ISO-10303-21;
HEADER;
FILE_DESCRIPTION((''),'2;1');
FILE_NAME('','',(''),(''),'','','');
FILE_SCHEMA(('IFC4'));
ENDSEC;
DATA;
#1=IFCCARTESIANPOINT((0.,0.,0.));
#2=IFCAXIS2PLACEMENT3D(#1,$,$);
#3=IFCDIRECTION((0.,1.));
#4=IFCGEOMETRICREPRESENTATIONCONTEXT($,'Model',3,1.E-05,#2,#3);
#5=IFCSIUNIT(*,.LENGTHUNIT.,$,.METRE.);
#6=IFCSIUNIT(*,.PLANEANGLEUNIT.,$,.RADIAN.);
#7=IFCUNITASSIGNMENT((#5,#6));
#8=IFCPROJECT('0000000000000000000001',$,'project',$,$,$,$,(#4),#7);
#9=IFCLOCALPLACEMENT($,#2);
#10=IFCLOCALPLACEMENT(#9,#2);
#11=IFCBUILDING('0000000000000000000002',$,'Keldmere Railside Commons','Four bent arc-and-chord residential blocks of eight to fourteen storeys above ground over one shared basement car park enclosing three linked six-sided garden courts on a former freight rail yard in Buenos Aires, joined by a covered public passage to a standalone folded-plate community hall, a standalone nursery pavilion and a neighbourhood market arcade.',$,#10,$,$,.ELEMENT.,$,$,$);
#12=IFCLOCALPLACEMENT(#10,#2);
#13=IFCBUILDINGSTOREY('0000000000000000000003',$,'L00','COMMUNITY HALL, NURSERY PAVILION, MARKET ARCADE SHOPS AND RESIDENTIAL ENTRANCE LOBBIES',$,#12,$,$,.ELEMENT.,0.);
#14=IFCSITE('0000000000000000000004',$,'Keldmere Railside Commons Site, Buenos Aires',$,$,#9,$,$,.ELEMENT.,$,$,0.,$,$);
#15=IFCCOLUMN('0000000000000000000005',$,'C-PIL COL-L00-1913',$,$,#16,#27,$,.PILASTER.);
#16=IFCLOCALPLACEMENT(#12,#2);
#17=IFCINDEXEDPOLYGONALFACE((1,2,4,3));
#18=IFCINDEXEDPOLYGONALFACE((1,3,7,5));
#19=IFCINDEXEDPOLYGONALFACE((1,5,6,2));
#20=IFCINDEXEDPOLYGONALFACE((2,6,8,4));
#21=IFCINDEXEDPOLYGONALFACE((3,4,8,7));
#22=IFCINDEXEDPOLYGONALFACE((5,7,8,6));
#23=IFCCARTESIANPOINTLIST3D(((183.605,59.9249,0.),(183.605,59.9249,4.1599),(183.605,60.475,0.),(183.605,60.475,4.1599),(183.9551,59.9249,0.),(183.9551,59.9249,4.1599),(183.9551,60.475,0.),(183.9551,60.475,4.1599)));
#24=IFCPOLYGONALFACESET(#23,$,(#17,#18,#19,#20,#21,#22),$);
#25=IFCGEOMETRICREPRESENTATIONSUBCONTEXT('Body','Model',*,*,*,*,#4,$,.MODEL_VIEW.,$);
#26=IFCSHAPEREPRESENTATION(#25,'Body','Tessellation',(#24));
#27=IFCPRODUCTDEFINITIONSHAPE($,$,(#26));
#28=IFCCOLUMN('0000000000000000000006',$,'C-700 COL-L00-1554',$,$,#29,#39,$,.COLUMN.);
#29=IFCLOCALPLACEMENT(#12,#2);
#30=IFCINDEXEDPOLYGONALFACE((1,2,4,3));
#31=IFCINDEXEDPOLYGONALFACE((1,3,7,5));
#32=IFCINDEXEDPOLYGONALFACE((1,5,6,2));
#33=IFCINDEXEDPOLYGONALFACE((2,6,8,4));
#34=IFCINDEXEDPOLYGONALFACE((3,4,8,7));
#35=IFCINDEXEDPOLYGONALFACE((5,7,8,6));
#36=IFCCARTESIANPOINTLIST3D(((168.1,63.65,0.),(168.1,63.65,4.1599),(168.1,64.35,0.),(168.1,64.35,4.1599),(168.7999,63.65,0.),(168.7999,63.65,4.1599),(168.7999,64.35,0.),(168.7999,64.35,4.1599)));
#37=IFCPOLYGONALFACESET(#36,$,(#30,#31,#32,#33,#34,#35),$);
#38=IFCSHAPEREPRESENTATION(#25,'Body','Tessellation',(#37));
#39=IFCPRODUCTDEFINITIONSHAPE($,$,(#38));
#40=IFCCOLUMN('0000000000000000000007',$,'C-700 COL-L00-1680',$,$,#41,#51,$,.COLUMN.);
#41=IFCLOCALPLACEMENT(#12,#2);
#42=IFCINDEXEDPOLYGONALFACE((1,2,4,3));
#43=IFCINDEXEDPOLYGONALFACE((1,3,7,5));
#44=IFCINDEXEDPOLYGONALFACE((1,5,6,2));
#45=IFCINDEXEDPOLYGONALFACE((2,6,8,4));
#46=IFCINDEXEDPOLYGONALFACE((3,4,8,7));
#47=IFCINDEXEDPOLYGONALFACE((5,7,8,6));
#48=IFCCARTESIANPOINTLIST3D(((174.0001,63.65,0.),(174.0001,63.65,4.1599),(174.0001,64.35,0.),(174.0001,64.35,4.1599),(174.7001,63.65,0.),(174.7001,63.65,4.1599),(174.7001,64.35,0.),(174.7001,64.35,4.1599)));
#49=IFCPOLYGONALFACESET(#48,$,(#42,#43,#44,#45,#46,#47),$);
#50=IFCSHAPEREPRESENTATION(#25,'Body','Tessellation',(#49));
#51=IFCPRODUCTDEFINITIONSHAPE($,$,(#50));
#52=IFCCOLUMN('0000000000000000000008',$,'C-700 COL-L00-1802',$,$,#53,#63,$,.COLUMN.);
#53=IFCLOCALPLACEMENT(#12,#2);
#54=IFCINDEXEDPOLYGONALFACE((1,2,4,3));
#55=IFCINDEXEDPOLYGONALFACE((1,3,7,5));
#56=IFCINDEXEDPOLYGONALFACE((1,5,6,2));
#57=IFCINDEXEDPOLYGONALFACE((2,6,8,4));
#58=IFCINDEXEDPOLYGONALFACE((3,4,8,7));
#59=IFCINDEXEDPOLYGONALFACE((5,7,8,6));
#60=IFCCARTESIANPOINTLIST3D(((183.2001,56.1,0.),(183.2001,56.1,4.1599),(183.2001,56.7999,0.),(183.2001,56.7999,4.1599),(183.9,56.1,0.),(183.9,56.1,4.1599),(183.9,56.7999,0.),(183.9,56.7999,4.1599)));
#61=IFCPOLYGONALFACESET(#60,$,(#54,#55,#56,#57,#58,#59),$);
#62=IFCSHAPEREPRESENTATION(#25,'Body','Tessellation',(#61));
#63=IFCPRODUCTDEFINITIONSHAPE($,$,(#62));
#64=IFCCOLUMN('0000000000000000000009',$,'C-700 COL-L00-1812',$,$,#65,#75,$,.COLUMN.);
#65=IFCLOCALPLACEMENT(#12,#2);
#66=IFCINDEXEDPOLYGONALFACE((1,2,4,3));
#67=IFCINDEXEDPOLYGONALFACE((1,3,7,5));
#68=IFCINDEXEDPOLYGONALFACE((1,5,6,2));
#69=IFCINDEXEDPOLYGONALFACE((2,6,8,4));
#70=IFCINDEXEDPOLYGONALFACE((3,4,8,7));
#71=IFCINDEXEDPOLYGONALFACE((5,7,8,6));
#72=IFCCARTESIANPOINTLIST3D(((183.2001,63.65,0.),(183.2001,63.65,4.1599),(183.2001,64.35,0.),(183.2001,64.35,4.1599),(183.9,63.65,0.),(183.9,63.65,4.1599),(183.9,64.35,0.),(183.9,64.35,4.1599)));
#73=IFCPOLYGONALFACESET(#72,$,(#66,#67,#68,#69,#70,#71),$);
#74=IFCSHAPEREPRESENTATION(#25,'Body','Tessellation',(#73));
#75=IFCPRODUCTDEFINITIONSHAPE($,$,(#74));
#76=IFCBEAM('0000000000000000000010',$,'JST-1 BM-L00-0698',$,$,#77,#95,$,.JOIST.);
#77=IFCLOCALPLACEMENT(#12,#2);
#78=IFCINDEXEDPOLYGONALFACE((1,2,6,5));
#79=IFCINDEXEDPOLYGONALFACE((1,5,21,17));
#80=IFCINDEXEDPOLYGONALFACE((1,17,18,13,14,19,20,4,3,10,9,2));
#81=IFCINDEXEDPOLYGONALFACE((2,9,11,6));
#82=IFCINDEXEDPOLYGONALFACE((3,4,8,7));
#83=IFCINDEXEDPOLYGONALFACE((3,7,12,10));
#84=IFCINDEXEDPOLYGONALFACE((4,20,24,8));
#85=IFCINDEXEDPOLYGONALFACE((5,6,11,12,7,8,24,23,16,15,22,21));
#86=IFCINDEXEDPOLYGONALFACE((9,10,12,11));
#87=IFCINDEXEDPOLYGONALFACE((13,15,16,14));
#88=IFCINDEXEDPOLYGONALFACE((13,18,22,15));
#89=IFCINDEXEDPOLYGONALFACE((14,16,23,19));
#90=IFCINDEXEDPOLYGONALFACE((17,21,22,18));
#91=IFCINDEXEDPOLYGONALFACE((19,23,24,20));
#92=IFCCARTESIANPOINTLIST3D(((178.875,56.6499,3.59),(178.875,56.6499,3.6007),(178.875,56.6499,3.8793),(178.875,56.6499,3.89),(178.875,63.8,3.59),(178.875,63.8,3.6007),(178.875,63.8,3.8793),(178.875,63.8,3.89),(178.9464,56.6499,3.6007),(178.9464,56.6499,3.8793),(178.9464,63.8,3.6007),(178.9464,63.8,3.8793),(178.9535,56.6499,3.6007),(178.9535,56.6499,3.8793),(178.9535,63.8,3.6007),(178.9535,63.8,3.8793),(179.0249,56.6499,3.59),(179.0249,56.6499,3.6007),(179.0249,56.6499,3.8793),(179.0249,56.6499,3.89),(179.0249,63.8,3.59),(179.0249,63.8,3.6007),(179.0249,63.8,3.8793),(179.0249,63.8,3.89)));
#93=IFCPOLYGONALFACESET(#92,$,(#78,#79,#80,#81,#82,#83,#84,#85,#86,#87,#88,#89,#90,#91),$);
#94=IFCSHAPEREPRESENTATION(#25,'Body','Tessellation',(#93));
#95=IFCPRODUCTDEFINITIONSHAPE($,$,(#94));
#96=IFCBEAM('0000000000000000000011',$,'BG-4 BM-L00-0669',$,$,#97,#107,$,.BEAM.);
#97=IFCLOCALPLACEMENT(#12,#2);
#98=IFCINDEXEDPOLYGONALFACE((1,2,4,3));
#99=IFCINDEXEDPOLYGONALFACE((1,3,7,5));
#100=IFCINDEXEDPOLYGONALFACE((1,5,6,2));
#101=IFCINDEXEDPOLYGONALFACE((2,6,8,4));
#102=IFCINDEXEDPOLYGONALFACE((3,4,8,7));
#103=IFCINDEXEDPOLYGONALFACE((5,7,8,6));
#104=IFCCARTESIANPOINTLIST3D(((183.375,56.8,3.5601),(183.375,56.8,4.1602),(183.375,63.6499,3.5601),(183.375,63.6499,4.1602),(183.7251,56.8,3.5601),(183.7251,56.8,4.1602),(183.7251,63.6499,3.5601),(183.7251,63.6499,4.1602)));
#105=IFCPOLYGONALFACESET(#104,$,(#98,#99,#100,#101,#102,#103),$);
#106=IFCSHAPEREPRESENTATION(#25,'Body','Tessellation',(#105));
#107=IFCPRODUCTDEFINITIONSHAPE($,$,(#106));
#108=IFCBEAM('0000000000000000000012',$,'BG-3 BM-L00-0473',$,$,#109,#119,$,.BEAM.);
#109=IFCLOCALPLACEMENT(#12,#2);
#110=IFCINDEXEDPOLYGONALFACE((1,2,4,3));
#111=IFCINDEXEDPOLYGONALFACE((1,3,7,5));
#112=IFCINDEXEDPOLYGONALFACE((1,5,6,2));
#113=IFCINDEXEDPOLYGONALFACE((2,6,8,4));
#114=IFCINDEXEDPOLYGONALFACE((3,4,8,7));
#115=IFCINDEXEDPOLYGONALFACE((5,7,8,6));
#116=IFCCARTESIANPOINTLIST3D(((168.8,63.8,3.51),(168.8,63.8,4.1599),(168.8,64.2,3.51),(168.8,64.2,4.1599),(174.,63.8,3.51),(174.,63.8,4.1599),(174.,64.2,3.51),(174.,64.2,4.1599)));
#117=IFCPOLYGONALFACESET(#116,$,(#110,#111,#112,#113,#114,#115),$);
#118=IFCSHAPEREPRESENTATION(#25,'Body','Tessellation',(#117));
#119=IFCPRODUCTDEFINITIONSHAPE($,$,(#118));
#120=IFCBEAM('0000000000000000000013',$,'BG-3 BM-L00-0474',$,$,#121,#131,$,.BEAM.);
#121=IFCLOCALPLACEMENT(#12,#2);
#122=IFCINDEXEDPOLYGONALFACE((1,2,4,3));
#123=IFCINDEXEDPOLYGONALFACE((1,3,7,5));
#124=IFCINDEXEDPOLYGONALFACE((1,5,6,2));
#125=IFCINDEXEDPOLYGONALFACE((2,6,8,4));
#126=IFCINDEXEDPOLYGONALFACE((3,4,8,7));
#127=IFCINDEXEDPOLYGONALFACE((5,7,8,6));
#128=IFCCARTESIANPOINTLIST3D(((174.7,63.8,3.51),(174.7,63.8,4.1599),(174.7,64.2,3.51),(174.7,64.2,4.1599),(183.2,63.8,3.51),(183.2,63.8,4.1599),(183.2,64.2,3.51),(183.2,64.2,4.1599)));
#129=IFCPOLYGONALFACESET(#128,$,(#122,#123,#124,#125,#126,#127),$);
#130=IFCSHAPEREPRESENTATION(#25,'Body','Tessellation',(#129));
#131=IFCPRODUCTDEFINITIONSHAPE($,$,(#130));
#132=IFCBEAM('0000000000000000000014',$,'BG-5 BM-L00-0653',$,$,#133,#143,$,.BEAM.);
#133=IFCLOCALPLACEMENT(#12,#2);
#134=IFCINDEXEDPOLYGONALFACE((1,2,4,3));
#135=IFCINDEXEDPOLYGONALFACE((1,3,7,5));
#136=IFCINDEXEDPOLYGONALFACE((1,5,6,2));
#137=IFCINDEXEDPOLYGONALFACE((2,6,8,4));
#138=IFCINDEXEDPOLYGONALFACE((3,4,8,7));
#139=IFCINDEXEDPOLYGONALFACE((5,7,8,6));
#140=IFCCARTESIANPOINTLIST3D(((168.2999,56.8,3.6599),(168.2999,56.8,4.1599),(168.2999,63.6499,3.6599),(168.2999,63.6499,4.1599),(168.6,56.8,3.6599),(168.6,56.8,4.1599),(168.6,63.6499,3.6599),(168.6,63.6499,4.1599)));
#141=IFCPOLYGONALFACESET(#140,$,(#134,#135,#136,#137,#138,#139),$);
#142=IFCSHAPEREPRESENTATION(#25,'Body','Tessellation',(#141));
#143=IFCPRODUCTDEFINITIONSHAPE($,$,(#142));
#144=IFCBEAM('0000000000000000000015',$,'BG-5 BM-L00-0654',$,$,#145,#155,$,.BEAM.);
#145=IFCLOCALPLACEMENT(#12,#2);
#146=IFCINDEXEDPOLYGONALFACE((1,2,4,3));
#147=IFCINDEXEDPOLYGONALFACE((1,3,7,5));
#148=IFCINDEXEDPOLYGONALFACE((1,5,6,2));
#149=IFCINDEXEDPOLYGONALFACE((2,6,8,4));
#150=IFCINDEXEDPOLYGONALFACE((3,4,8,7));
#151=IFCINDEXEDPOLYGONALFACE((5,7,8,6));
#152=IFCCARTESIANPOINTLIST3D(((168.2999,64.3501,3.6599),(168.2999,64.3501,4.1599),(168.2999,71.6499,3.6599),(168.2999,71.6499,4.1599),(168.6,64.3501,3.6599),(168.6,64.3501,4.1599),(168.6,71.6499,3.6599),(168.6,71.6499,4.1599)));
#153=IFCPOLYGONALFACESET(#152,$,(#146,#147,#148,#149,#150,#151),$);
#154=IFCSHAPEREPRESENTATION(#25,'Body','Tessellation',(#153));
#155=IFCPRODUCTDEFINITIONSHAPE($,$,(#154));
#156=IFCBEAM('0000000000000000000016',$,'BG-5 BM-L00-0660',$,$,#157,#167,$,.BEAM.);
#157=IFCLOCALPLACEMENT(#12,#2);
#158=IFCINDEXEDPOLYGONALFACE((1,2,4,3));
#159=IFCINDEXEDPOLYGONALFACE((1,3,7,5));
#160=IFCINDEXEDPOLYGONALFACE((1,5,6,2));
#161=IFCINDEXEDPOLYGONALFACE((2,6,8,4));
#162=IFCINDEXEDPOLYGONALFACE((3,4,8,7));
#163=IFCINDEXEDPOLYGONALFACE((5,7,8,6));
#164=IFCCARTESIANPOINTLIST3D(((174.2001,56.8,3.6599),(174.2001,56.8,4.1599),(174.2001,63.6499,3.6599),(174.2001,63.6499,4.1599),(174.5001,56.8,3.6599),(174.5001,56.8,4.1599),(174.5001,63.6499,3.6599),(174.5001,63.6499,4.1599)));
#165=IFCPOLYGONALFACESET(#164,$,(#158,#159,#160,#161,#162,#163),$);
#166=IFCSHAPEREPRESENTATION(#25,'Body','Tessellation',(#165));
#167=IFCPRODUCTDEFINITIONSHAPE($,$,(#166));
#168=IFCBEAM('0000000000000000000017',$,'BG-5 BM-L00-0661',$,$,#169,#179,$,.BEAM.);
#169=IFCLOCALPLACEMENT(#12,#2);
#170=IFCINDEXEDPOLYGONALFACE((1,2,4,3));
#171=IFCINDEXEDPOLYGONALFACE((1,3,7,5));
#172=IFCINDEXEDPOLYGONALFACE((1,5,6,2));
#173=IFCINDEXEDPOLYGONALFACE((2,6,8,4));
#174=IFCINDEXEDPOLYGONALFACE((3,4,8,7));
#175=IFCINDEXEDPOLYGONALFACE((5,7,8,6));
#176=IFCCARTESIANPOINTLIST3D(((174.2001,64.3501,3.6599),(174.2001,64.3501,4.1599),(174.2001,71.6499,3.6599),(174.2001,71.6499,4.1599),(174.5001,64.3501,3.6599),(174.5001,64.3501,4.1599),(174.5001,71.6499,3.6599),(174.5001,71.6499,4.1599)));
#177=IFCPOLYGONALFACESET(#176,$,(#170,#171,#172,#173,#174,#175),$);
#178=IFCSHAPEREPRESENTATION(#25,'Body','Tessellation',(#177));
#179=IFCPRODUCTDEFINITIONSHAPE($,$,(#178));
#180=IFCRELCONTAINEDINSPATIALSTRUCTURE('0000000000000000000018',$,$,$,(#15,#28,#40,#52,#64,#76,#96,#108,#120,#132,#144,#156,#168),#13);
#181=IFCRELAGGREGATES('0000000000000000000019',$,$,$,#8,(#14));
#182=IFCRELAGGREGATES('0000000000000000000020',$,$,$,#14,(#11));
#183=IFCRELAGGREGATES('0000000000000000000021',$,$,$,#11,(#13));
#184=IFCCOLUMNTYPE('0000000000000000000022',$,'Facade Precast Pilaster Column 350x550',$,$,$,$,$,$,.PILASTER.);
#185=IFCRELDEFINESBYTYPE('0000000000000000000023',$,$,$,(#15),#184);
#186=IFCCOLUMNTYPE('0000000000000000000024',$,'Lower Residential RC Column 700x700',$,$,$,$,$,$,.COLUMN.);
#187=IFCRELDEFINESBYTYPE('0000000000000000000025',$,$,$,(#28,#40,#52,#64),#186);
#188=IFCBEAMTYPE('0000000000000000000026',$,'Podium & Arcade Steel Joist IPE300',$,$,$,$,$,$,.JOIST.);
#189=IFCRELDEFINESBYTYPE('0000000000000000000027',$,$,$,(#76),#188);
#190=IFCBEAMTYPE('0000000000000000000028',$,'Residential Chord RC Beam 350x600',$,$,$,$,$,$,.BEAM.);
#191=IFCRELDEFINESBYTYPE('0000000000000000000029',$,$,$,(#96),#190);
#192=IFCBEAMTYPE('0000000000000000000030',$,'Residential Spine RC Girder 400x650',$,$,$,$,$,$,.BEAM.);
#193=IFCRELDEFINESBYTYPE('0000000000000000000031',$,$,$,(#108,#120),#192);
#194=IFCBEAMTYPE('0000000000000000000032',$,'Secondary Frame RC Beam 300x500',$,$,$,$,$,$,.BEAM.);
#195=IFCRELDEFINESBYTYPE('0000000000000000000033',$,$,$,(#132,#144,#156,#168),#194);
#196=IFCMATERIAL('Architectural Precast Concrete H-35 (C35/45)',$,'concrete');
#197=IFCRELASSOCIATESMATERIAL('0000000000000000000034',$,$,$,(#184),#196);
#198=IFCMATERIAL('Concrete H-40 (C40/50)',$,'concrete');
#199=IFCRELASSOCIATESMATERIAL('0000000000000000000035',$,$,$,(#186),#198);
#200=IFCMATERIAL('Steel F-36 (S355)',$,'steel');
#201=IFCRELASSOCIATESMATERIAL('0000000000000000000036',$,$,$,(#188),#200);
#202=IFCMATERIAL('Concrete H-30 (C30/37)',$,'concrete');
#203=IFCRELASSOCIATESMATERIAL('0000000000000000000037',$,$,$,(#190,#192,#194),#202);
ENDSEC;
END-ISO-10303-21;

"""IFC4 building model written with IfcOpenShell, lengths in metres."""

from ifc_helpers import new_model, si_unit, direction, frame, origin, origin_2d, place, context, subcontext, project, spatial, rectangle, i_section, extrude, material, material_profile, profile_set, type_object, element, save


model = new_model("IFC4")

# Units and contexts
model_context = context("Model", 3, precision=1e-05, world=origin(), true_north=direction((0.0, 1.0)))
body_context = subcontext(model_context, "Body", "Model", "MODEL_VIEW")
ifc_project = project(units=[si_unit("LENGTHUNIT", "METRE"), si_unit("PLANEANGLEUNIT", "RADIAN")], contexts=[model_context])

# Site, building, storey
site_placement = place(None, origin())
site = spatial("IfcSite", under=ifc_project, at=site_placement, Name="Keldmere Railside Commons Site, Buenos Aires", CompositionType="ELEMENT", RefElevation=0.0)
building_placement = place(site_placement, origin())
building = spatial("IfcBuilding", under=site, at=building_placement, Name="Keldmere Railside Commons", Description="Four bent arc-and-chord residential blocks of eight to fourteen storeys above ground over one shared basement car park enclosing three linked six-sided garden courts on a former freight rail yard in Buenos Aires, joined by a covered public passage to a standalone folded-plate community hall, a standalone nursery pavilion and a neighbourhood market arcade.", CompositionType="ELEMENT")
storey_placement = place(building_placement, origin())
storey = spatial("IfcBuildingStorey", under=building, at=storey_placement, Name="L00", Description="COMMUNITY HALL, NURSERY PAVILION, MARKET ARCADE SHOPS AND RESIDENTIAL ENTRANCE LOBBIES", CompositionType="ELEMENT", Elevation=0.0)

# Columns
ifc_material_1 = material(Name="Architectural Precast Concrete H-35 (C35/45)", Category="concrete")
ifc_material_profile_1 = material_profile(ifc_material_1, rectangle(XDim=0.3501, YDim=0.55, at=origin_2d()), Name="RC-350x550")
ifc_profile_set_1 = profile_set([ifc_material_profile_1], Name="Architectural Precast Concrete H-35 (C35/45)")
column_type_1 = type_object("IfcColumnType", Name="Facade Precast Pilaster Column 350x550", PredefinedType="PILASTER", material=ifc_profile_set_1)
column_placement = place(storey_placement, frame((183.78, 60.2, 0.0), z_axis=(0.0, 0.0, 1.0), x_axis=(1.0, 0.0, 0.0)))
element("IfcColumn", 1, at=column_placement, inside=storey, type_object=column_type_1, Name="C-PIL COL-L00-1913", PredefinedType="PILASTER", context=body_context, shape_type="SweptSolid", body=[
    extrude(rectangle(XDim=0.3501, YDim=0.55, at=origin_2d()), origin(), (0.0, 0.0, 1.0), 4.1599),
])
ifc_material_2 = material(Name="Concrete H-40 (C40/50)", Category="concrete")
ifc_material_profile_2 = material_profile(ifc_material_2, rectangle(XDim=0.7, YDim=0.7, at=origin_2d()), Name="RC-700x700")
ifc_profile_set_2 = profile_set([ifc_material_profile_2], Name="Concrete H-40 (C40/50)")
column_type_2 = type_object("IfcColumnType", Name="Lower Residential RC Column 700x700", PredefinedType="COLUMN", material=ifc_profile_set_2)
for number, where, z_axis, x_axis, name in (
    (2, (168.45, 64.0, 0.0), (0.0, 0.0, 1.0), (1.0, 0.0, 0.0), "C-700 COL-L00-1554"),
    (3, (174.3501, 64.0, 0.0), (0.0, 0.0, 1.0), (1.0, 0.0, 0.0), "C-700 COL-L00-1680"),
    (4, (183.55, 56.45, 0.0), (0.0, 0.0, 1.0), (1.0, 0.0, 0.0), "C-700 COL-L00-1802"),
    (5, (183.55, 64.0, 0.0), (0.0, 0.0, 1.0), (1.0, 0.0, 0.0), "C-700 COL-L00-1812"),
):
    element("IfcColumn", number, at=place(storey_placement, frame(where, z_axis=z_axis, x_axis=x_axis)), inside=storey, type_object=column_type_2, Name=name, PredefinedType="COLUMN", context=body_context, shape_type="SweptSolid", body=[
        extrude(rectangle(XDim=0.7, YDim=0.7, at=origin_2d()), origin(), (0.0, 0.0, 1.0), 4.1599),
    ])

# Beams
ifc_material_3 = material(Name="Steel F-36 (S355)", Category="steel")
ifc_material_profile_3 = material_profile(ifc_material_3, i_section(OverallWidth=0.1499, OverallDepth=0.3, WebThickness=0.0071, FlangeThickness=0.0107, at=origin_2d()), Name="IPE-300")
ifc_profile_set_3 = profile_set([ifc_material_profile_3], Name="Steel F-36 (S355)")
beam_type_1 = type_object("IfcBeamType", Name="Podium & Arcade Steel Joist IPE300", PredefinedType="JOIST", material=ifc_profile_set_3)
beam_1_placement = place(storey_placement, frame((178.95, 56.6499, 3.74), z_axis=(0.0, 1.0, 0.0), x_axis=(-1.0, 0.0, 0.0)))
element("IfcBeam", 6, at=beam_1_placement, inside=storey, type_object=beam_type_1, Name="JST-1 BM-L00-0698", PredefinedType="JOIST", context=body_context, shape_type="SweptSolid", body=[
    extrude(i_section(OverallWidth=0.1499, OverallDepth=0.3, WebThickness=0.0071, FlangeThickness=0.0107, at=origin_2d()), origin(), (0.0, 0.0, 1.0), 7.1501),
])
ifc_material_4 = material(Name="Concrete H-30 (C30/37)", Category="concrete")
ifc_material_profile_4 = material_profile(ifc_material_4, rectangle(XDim=0.3501, YDim=0.6001, at=origin_2d()), Name="RC-350x600")
ifc_profile_set_4 = profile_set([ifc_material_profile_4], Name="Concrete H-30 (C30/37)")
beam_type_2 = type_object("IfcBeamType", Name="Residential Chord RC Beam 350x600", PredefinedType="BEAM", material=ifc_profile_set_4)
beam_2_placement = place(storey_placement, frame((183.55, 56.8, 3.8601), z_axis=(0.0, 1.0, 0.0), x_axis=(-1.0, 0.0, 0.0)))
element("IfcBeam", 7, at=beam_2_placement, inside=storey, type_object=beam_type_2, Name="BG-4 BM-L00-0669", PredefinedType="BEAM", context=body_context, shape_type="SweptSolid", body=[
    extrude(rectangle(XDim=0.3501, YDim=0.6001, at=origin_2d()), origin(), (0.0, 0.0, 1.0), 6.8499),
])
ifc_material_profile_5 = material_profile(ifc_material_4, rectangle(XDim=0.3999, YDim=0.6499, at=origin_2d()), Name="RC-400x650")
ifc_profile_set_5 = profile_set([ifc_material_profile_5], Name="Concrete H-30 (C30/37)")
beam_type_3 = type_object("IfcBeamType", Name="Residential Spine RC Girder 400x650", PredefinedType="BEAM", material=ifc_profile_set_5)
beam_3_placement = place(storey_placement, frame((168.8, 64.0, 3.835), z_axis=(1.0, 0.0, 0.0), x_axis=(0.0, 1.0, 0.0)))
element("IfcBeam", 8, at=beam_3_placement, inside=storey, type_object=beam_type_3, Name="BG-3 BM-L00-0473", PredefinedType="BEAM", context=body_context, shape_type="SweptSolid", body=[
    extrude(rectangle(XDim=0.3999, YDim=0.6499, at=origin_2d()), origin(), (0.0, 0.0, 1.0), 5.2),
])
beam_4_placement = place(storey_placement, frame((174.7, 64.0, 3.835), z_axis=(1.0, 0.0, 0.0), x_axis=(0.0, 1.0, 0.0)))
element("IfcBeam", 9, at=beam_4_placement, inside=storey, type_object=beam_type_3, Name="BG-3 BM-L00-0474", PredefinedType="BEAM", context=body_context, shape_type="SweptSolid", body=[
    extrude(rectangle(XDim=0.3999, YDim=0.6499, at=origin_2d()), origin(), (0.0, 0.0, 1.0), 8.5),
])
ifc_material_profile_6 = material_profile(ifc_material_4, rectangle(XDim=0.3, YDim=0.5, at=origin_2d()), Name="RC-300x500")
ifc_profile_set_6 = profile_set([ifc_material_profile_6], Name="Concrete H-30 (C30/37)")
beam_type_4 = type_object("IfcBeamType", Name="Secondary Frame RC Beam 300x500", PredefinedType="BEAM", material=ifc_profile_set_6)
beam_5_placement = place(storey_placement, frame((168.45, 56.8, 3.9099), z_axis=(0.0, 1.0, 0.0), x_axis=(-1.0, 0.0, 0.0)))
element("IfcBeam", 10, at=beam_5_placement, inside=storey, type_object=beam_type_4, Name="BG-5 BM-L00-0653", PredefinedType="BEAM", context=body_context, shape_type="SweptSolid", body=[
    extrude(rectangle(XDim=0.3, YDim=0.5, at=origin_2d()), origin(), (0.0, 0.0, 1.0), 6.8499),
])
beam_6_placement = place(storey_placement, frame((168.45, 64.3501, 3.9099), z_axis=(0.0, 1.0, 0.0), x_axis=(-1.0, 0.0, 0.0)))
element("IfcBeam", 11, at=beam_6_placement, inside=storey, type_object=beam_type_4, Name="BG-5 BM-L00-0654", PredefinedType="BEAM", context=body_context, shape_type="SweptSolid", body=[
    extrude(rectangle(XDim=0.3, YDim=0.5, at=origin_2d()), origin(), (0.0, 0.0, 1.0), 7.2998),
])
beam_7_placement = place(storey_placement, frame((174.3501, 56.8, 3.9099), z_axis=(0.0, 1.0, 0.0), x_axis=(-1.0, 0.0, 0.0)))
element("IfcBeam", 12, at=beam_7_placement, inside=storey, type_object=beam_type_4, Name="BG-5 BM-L00-0660", PredefinedType="BEAM", context=body_context, shape_type="SweptSolid", body=[
    extrude(rectangle(XDim=0.3, YDim=0.5, at=origin_2d()), origin(), (0.0, 0.0, 1.0), 6.8499),
])
beam_8_placement = place(storey_placement, frame((174.3501, 64.3501, 3.9099), z_axis=(0.0, 1.0, 0.0), x_axis=(-1.0, 0.0, 0.0)))
element("IfcBeam", 13, at=beam_8_placement, inside=storey, type_object=beam_type_4, Name="BG-5 BM-L00-0661", PredefinedType="BEAM", context=body_context, shape_type="SweptSolid", body=[
    extrude(rectangle(XDim=0.3, YDim=0.5, at=origin_2d()), origin(), (0.0, 0.0, 1.0), 7.2998),
])

save(model, "model.ifc")
